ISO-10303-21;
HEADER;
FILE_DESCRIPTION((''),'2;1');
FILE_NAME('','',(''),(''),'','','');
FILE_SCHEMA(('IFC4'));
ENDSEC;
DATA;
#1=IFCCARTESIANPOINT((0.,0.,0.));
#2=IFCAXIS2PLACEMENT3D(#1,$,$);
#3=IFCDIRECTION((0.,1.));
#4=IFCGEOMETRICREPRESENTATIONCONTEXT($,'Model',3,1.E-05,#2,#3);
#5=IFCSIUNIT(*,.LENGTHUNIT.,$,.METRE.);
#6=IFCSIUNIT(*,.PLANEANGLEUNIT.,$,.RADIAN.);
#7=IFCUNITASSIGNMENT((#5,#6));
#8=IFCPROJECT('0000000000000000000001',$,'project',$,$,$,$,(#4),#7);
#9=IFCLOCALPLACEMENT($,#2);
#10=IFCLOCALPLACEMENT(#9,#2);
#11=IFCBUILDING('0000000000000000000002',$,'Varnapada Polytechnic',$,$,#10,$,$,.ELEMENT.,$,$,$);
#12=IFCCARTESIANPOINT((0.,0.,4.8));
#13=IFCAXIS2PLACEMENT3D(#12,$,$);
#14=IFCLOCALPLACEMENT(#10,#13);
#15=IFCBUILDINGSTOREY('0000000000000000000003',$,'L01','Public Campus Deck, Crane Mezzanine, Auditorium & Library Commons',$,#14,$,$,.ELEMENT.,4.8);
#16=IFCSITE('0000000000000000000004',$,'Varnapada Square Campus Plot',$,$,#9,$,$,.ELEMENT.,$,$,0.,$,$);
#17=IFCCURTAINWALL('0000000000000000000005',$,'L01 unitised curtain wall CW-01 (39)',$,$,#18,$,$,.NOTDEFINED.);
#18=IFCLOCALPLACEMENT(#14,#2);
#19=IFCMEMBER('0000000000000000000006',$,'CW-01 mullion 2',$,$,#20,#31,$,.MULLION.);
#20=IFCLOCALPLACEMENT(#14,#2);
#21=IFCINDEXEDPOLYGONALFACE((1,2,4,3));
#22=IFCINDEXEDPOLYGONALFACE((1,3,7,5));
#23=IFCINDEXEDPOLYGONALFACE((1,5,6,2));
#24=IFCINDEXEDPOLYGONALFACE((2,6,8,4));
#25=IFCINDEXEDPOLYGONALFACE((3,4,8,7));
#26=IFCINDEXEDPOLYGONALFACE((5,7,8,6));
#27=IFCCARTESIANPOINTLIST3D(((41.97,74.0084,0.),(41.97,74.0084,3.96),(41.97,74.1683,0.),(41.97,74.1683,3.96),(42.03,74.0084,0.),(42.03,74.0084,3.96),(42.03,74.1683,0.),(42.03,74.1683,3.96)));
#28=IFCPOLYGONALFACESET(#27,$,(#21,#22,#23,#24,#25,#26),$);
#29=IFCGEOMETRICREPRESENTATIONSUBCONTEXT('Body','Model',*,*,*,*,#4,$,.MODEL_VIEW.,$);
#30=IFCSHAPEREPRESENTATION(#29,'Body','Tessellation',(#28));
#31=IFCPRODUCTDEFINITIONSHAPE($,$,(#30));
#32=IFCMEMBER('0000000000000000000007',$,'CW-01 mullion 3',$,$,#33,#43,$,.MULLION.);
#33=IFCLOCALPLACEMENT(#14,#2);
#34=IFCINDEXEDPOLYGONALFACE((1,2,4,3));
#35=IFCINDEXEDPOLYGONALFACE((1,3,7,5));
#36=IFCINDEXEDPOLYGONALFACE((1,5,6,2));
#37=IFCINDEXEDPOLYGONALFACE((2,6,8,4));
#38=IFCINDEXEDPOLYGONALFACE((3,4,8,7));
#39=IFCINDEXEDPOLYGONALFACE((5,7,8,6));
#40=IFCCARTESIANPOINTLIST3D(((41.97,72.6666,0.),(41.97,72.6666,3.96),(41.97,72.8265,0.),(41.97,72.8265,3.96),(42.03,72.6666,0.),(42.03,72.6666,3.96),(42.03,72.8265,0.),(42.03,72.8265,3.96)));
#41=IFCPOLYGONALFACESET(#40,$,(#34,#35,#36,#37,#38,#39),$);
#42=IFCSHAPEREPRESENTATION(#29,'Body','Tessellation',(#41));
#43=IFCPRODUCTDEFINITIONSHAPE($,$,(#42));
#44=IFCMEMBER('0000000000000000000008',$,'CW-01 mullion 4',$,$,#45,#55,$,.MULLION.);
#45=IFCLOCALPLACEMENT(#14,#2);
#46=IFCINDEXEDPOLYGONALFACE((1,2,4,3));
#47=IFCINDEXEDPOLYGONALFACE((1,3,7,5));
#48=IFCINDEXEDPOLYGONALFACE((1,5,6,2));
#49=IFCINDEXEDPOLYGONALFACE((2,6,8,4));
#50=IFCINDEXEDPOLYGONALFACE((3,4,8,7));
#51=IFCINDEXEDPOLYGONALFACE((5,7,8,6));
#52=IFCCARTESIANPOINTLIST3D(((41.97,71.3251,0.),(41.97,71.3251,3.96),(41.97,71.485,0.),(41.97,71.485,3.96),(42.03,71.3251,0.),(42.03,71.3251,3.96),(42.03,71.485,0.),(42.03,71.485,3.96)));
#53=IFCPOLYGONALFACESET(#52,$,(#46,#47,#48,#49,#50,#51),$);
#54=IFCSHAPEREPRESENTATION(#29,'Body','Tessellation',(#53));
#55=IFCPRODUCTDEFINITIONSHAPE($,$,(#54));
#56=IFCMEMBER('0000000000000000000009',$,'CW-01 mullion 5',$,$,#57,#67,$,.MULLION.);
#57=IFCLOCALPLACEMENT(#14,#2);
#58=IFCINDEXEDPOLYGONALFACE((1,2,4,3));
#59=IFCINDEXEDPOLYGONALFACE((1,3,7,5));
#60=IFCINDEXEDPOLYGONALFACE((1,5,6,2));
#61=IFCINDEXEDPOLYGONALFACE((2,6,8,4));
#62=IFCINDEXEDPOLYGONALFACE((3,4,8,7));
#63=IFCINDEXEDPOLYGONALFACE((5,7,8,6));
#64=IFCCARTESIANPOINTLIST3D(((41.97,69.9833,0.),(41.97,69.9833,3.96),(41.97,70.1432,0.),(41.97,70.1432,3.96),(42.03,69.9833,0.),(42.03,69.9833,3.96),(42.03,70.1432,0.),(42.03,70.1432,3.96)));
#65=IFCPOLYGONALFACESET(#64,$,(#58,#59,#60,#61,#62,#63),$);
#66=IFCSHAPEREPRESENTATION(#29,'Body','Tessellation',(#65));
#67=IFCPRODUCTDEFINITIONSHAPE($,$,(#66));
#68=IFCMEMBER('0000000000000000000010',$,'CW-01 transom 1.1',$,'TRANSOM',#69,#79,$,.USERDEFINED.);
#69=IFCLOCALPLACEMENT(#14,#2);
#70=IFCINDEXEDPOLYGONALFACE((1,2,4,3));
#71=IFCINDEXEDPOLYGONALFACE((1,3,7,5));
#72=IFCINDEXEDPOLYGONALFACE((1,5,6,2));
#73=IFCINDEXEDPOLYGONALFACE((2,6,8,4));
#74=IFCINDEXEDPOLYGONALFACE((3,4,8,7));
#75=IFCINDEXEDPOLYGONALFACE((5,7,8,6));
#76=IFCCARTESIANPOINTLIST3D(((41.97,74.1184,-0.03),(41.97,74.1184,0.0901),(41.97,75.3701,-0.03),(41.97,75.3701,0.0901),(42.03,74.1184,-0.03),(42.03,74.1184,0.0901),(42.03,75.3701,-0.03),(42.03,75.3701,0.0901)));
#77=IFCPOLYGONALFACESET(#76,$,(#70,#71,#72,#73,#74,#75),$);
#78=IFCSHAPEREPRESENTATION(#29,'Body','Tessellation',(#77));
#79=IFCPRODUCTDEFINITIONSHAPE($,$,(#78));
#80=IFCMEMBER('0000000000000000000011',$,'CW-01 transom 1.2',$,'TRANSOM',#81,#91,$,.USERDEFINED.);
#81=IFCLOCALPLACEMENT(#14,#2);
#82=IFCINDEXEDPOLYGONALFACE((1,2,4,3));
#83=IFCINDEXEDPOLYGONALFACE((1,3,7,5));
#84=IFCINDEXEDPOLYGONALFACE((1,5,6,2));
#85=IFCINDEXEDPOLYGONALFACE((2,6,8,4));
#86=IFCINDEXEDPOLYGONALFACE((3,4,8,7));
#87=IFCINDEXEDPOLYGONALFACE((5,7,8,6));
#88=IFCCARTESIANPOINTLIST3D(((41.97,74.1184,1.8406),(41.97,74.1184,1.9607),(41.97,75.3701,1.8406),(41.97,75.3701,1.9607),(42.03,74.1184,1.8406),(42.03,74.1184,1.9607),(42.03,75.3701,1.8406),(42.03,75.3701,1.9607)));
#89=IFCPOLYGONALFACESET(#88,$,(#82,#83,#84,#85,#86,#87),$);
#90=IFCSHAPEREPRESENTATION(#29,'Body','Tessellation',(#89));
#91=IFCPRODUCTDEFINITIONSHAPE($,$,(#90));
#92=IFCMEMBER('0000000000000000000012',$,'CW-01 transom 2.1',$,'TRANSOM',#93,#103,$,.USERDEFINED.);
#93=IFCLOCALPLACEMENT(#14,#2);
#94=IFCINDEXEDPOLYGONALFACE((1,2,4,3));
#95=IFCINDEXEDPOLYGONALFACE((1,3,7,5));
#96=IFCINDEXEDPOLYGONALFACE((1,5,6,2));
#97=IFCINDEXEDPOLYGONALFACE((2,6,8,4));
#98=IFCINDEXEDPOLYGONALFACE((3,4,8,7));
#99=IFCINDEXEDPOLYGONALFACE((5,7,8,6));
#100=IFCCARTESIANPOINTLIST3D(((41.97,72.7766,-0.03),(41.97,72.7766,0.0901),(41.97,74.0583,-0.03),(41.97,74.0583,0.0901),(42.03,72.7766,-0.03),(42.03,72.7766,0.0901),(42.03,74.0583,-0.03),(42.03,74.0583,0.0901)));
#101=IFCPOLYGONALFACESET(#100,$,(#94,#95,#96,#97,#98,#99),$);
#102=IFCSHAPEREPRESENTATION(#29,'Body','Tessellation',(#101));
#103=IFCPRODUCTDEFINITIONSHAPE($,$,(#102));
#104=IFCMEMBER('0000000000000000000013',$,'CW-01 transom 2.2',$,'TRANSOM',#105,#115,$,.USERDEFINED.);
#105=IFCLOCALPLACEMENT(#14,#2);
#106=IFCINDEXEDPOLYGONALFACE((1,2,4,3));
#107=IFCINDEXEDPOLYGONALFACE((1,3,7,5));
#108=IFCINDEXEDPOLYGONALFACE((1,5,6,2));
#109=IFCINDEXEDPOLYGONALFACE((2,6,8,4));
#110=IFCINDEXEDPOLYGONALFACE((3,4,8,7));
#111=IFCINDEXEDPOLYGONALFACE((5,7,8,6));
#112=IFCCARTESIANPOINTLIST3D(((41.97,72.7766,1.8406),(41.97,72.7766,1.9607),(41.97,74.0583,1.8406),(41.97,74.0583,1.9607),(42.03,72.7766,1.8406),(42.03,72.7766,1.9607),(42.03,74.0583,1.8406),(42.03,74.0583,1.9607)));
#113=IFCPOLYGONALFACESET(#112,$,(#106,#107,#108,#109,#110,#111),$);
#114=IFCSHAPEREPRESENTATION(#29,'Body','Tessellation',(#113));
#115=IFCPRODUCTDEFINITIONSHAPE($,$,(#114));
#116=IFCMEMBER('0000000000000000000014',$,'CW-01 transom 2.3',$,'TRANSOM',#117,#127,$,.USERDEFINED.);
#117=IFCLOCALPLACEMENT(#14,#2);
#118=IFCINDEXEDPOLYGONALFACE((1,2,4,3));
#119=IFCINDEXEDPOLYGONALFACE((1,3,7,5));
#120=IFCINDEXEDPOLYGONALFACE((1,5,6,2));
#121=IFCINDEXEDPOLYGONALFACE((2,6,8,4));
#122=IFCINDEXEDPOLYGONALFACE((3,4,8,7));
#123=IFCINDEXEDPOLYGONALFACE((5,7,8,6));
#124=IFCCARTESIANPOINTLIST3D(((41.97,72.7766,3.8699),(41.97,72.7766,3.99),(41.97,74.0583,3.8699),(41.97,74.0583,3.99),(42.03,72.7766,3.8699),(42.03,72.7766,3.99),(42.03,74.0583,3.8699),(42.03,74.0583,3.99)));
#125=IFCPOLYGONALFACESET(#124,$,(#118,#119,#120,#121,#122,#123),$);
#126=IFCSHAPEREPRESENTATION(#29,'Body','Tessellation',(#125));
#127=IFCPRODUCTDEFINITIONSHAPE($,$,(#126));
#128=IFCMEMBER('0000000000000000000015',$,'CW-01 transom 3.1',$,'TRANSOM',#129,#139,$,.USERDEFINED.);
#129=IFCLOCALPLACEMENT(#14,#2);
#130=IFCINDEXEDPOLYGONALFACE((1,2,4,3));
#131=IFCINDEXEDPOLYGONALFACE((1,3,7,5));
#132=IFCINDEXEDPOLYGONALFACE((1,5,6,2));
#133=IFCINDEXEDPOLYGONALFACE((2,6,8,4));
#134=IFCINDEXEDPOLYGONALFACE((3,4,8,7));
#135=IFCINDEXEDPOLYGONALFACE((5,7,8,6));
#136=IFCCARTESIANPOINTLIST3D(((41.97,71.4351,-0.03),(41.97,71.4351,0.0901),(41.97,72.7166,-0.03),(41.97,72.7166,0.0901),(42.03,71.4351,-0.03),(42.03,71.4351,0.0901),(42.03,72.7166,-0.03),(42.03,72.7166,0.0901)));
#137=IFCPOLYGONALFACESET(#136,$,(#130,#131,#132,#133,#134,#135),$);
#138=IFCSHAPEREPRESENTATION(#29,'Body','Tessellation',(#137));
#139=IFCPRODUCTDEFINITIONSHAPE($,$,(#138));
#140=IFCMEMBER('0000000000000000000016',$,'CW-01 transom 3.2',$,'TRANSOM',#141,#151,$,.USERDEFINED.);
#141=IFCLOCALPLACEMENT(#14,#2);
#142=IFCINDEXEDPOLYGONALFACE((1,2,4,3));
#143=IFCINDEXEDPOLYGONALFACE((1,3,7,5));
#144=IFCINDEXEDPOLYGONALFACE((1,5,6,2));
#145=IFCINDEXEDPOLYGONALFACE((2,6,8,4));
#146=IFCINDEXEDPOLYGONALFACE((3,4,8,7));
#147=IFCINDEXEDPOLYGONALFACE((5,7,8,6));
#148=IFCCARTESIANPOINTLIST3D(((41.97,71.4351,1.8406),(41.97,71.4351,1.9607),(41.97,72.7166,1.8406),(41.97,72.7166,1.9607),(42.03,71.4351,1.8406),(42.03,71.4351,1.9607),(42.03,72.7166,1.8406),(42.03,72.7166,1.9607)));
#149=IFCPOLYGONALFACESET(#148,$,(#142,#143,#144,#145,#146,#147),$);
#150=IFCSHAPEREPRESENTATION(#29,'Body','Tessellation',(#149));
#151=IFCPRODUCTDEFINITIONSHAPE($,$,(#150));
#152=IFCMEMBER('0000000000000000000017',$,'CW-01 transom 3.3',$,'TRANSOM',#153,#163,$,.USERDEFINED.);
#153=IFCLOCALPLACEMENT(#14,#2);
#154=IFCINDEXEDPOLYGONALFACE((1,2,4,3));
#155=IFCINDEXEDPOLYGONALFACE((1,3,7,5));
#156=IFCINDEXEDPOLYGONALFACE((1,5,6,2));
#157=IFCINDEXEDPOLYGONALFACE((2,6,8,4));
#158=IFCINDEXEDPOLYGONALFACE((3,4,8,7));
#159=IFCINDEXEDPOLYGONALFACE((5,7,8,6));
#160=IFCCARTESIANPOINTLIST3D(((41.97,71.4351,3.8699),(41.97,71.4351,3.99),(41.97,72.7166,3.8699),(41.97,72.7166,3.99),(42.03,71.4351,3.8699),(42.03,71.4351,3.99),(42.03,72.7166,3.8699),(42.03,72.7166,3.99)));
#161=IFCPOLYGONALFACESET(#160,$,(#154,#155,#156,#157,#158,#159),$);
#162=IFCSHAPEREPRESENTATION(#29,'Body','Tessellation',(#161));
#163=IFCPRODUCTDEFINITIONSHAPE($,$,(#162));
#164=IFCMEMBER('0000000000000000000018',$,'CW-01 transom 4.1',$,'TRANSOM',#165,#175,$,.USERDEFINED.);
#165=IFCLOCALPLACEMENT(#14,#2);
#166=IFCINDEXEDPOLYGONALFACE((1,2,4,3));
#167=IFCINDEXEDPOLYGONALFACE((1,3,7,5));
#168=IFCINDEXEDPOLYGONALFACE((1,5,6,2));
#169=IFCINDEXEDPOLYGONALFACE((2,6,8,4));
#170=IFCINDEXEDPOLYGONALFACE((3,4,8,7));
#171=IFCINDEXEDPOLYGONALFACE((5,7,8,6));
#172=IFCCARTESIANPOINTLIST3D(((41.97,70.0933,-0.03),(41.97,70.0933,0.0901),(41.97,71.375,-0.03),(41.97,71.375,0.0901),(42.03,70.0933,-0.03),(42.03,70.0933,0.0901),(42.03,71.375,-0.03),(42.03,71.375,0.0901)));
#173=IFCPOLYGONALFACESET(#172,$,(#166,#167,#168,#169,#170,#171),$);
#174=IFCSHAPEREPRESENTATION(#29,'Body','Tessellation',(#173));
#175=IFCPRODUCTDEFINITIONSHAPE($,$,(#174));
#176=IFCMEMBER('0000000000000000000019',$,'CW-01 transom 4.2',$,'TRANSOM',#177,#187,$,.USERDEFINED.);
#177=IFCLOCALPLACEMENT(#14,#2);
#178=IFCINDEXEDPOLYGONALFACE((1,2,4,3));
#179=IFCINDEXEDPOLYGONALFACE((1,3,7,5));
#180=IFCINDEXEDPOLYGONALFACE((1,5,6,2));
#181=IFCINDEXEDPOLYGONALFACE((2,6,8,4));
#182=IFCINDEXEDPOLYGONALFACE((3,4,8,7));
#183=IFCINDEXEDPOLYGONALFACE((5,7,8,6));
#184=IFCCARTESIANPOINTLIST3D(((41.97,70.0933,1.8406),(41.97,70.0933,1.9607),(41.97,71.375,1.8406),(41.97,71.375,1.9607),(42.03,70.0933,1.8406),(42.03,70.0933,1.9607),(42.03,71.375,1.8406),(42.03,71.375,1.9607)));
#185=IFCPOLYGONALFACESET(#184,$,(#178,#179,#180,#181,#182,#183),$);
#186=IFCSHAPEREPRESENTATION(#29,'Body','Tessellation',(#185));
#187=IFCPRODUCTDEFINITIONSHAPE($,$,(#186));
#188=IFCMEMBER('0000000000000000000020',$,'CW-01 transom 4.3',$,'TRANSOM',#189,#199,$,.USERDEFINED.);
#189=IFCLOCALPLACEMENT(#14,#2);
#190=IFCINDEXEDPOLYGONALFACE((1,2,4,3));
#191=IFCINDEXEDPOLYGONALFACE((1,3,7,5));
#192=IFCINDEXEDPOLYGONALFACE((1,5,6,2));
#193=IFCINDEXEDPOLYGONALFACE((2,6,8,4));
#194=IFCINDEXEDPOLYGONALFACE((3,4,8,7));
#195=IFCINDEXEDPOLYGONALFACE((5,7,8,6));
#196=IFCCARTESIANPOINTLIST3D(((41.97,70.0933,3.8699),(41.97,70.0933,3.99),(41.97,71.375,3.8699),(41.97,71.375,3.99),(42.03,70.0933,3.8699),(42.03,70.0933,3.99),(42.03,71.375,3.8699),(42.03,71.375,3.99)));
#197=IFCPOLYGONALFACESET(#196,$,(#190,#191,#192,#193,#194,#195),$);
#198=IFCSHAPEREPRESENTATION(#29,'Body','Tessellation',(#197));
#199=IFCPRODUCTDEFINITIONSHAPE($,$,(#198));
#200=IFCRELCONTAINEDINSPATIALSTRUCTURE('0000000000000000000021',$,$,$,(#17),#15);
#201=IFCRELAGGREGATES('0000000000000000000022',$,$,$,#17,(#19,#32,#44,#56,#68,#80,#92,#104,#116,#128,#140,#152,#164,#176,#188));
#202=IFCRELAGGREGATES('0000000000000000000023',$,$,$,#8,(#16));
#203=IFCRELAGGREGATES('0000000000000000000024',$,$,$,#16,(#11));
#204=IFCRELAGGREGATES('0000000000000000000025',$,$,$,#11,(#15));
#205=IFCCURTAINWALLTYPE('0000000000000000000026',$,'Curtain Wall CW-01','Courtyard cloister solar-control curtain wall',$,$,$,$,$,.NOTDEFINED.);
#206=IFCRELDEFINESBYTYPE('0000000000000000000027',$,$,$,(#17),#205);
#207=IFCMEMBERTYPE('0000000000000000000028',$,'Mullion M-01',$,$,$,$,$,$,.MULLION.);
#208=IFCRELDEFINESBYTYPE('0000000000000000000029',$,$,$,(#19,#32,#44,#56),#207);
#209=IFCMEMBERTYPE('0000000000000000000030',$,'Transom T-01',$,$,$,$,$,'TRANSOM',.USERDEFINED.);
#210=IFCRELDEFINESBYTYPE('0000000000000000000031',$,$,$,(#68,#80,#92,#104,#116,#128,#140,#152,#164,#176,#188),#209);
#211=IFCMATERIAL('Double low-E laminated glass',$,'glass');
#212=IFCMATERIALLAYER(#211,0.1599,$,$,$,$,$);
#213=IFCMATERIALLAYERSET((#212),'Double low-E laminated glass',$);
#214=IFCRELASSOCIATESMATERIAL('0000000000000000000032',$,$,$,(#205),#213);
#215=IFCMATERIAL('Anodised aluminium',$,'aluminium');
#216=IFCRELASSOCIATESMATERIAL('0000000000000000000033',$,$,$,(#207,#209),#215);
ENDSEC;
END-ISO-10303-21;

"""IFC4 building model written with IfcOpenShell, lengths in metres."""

from ifc_helpers import new_model, si_unit, direction, frame, origin, origin_2d, place, context, subcontext, project, spatial, rectangle, extrude, material, layer, layer_set, material_profile, profile_set, type_object, element, aggregate, save


model = new_model("IFC4")

# Units and contexts
model_context = context("Model", 3, precision=1e-05, world=origin(), true_north=direction((0.0, 1.0)))
body_context = subcontext(model_context, "Body", "Model", "MODEL_VIEW")
ifc_project = project(units=[si_unit("LENGTHUNIT", "METRE"), si_unit("PLANEANGLEUNIT", "RADIAN")], contexts=[model_context])

# Site, building, storey
site_placement = place(None, origin())
site = spatial("IfcSite", under=ifc_project, at=site_placement, Name="Varnapada Square Campus Plot", CompositionType="ELEMENT", RefElevation=0.0)
building_placement = place(site_placement, origin())
building = spatial("IfcBuilding", under=site, at=building_placement, Name="Varnapada Polytechnic", CompositionType="ELEMENT")
storey_placement = place(building_placement, frame((0.0, 0.0, 4.8)))
storey = spatial("IfcBuildingStorey", under=building, at=storey_placement, Name="L01", Description="Public Campus Deck, Crane Mezzanine, Auditorium & Library Commons", CompositionType="ELEMENT", Elevation=4.8)

# Curtain wall, members
ifc_material_1 = material(Name="Double low-E laminated glass", Category="glass")
ifc_layer_1 = layer(ifc_material_1, 0.1599)
ifc_layer_set_1 = layer_set([ifc_layer_1], Name="Double low-E laminated glass")
curtain_wall_type = type_object("IfcCurtainWallType", Name="Curtain Wall CW-01", Description="Courtyard cloister solar-control curtain wall", PredefinedType="NOTDEFINED", material=ifc_layer_set_1)
curtain_wall_placement = place(storey_placement, origin())
curtain_wall = element("IfcCurtainWall", 1, at=curtain_wall_placement, inside=storey, type_object=curtain_wall_type, Name="L01 unitised curtain wall CW-01 (39)", PredefinedType="NOTDEFINED")
ifc_material_2 = material(Name="Anodised aluminium", Category="aluminium")
ifc_material_profile_1 = material_profile(ifc_material_2, rectangle(XDim=0.0601, YDim=0.1599, at=origin_2d()), Name="ALU M60x160")
ifc_profile_set_1 = profile_set([ifc_material_profile_1], Name="Anodised aluminium")
member_type_1 = type_object("IfcMemberType", Name="Mullion M-01", PredefinedType="MULLION", material=ifc_profile_set_1)
member_1_placement = place(storey_placement, frame((42.0, 74.0884, 0.0), z_axis=(0.0, 0.0, 1.0), x_axis=(1.0, 0.0, 0.0)))
member_1 = element("IfcMember", 2, at=member_1_placement, type_object=member_type_1, Name="CW-01 mullion 2", PredefinedType="MULLION", context=body_context, shape_type="SweptSolid", body=[
    extrude(rectangle(XDim=0.0601, YDim=0.1599, at=origin_2d()), origin(), (0.0, 0.0, 1.0), 3.96),
])
member_2_placement = place(storey_placement, frame((42.0, 72.7466, 0.0), z_axis=(0.0, 0.0, 1.0), x_axis=(1.0, 0.0, 0.0)))
member_2 = element("IfcMember", 3, at=member_2_placement, type_object=member_type_1, Name="CW-01 mullion 3", PredefinedType="MULLION", context=body_context, shape_type="SweptSolid", body=[
    extrude(rectangle(XDim=0.0601, YDim=0.1599, at=origin_2d()), origin(), (0.0, 0.0, 1.0), 3.96),
])
member_3_placement = place(storey_placement, frame((42.0, 71.405, 0.0), z_axis=(0.0, 0.0, 1.0), x_axis=(1.0, 0.0, 0.0)))
member_3 = element("IfcMember", 4, at=member_3_placement, type_object=member_type_1, Name="CW-01 mullion 4", PredefinedType="MULLION", context=body_context, shape_type="SweptSolid", body=[
    extrude(rectangle(XDim=0.0601, YDim=0.1599, at=origin_2d()), origin(), (0.0, 0.0, 1.0), 3.96),
])
member_4_placement = place(storey_placement, frame((42.0, 70.0632, 0.0), z_axis=(0.0, 0.0, 1.0), x_axis=(1.0, 0.0, 0.0)))
member_4 = element("IfcMember", 5, at=member_4_placement, type_object=member_type_1, Name="CW-01 mullion 5", PredefinedType="MULLION", context=body_context, shape_type="SweptSolid", body=[
    extrude(rectangle(XDim=0.0601, YDim=0.1599, at=origin_2d()), origin(), (0.0, 0.0, 1.0), 3.96),
])
ifc_material_profile_2 = material_profile(ifc_material_2, rectangle(XDim=0.0601, YDim=0.1201, at=origin_2d()), Name="ALU T60x120")
ifc_profile_set_2 = profile_set([ifc_material_profile_2], Name="Anodised aluminium")
member_type_2 = type_object("IfcMemberType", Name="Transom T-01", ElementType="TRANSOM", PredefinedType="USERDEFINED", material=ifc_profile_set_2)
member_5_placement = place(storey_placement, frame((42.0, 75.3701, 0.03), z_axis=(0.0, -1.0, 0.0), x_axis=(1.0, 0.0, 0.0)))
member_5 = element("IfcMember", 6, at=member_5_placement, type_object=member_type_2, Name="CW-01 transom 1.1", ObjectType="TRANSOM", PredefinedType="USERDEFINED", context=body_context, shape_type="SweptSolid", body=[
    extrude(rectangle(XDim=0.0601, YDim=0.1201, at=origin_2d()), origin(), (0.0, 0.0, 1.0), 1.2517),
])
member_6_placement = place(storey_placement, frame((42.0, 75.3701, 1.9006), z_axis=(0.0, -1.0, 0.0), x_axis=(1.0, 0.0, 0.0)))
member_6 = element("IfcMember", 7, at=member_6_placement, type_object=member_type_2, Name="CW-01 transom 1.2", ObjectType="TRANSOM", PredefinedType="USERDEFINED", context=body_context, shape_type="SweptSolid", body=[
    extrude(rectangle(XDim=0.0601, YDim=0.1201, at=origin_2d()), origin(), (0.0, 0.0, 1.0), 1.2517),
])
member_7_placement = place(storey_placement, frame((42.0, 74.0583, 0.03), z_axis=(0.0, -1.0, 0.0), x_axis=(1.0, 0.0, 0.0)))
member_7 = element("IfcMember", 8, at=member_7_placement, type_object=member_type_2, Name="CW-01 transom 2.1", ObjectType="TRANSOM", PredefinedType="USERDEFINED", context=body_context, shape_type="SweptSolid", body=[
    extrude(rectangle(XDim=0.0601, YDim=0.1201, at=origin_2d()), origin(), (0.0, 0.0, 1.0), 1.2817),
])
member_8_placement = place(storey_placement, frame((42.0, 74.0583, 1.9006), z_axis=(0.0, -1.0, 0.0), x_axis=(1.0, 0.0, 0.0)))
member_8 = element("IfcMember", 9, at=member_8_placement, type_object=member_type_2, Name="CW-01 transom 2.2", ObjectType="TRANSOM", PredefinedType="USERDEFINED", context=body_context, shape_type="SweptSolid", body=[
    extrude(rectangle(XDim=0.0601, YDim=0.1201, at=origin_2d()), origin(), (0.0, 0.0, 1.0), 1.2817),
])
member_9_placement = place(storey_placement, frame((42.0, 74.0583, 3.9299), z_axis=(0.0, -1.0, 0.0), x_axis=(1.0, 0.0, 0.0)))
member_9 = element("IfcMember", 10, at=member_9_placement, type_object=member_type_2, Name="CW-01 transom 2.3", ObjectType="TRANSOM", PredefinedType="USERDEFINED", context=body_context, shape_type="SweptSolid", body=[
    extrude(rectangle(XDim=0.0601, YDim=0.1201, at=origin_2d()), origin(), (0.0, 0.0, 1.0), 1.2817),
])
member_10_placement = place(storey_placement, frame((42.0, 72.7166, 0.03), z_axis=(0.0, -1.0, 0.0), x_axis=(1.0, 0.0, 0.0)))
member_10 = element("IfcMember", 11, at=member_10_placement, type_object=member_type_2, Name="CW-01 transom 3.1", ObjectType="TRANSOM", PredefinedType="USERDEFINED", context=body_context, shape_type="SweptSolid", body=[
    extrude(rectangle(XDim=0.0601, YDim=0.1201, at=origin_2d()), origin(), (0.0, 0.0, 1.0), 1.2815),
])
member_11_placement = place(storey_placement, frame((42.0, 72.7166, 1.9006), z_axis=(0.0, -1.0, 0.0), x_axis=(1.0, 0.0, 0.0)))
member_11 = element("IfcMember", 12, at=member_11_placement, type_object=member_type_2, Name="CW-01 transom 3.2", ObjectType="TRANSOM", PredefinedType="USERDEFINED", context=body_context, shape_type="SweptSolid", body=[
    extrude(rectangle(XDim=0.0601, YDim=0.1201, at=origin_2d()), origin(), (0.0, 0.0, 1.0), 1.2815),
])
member_12_placement = place(storey_placement, frame((42.0, 72.7166, 3.9299), z_axis=(0.0, -1.0, 0.0), x_axis=(1.0, 0.0, 0.0)))
member_12 = element("IfcMember", 13, at=member_12_placement, type_object=member_type_2, Name="CW-01 transom 3.3", ObjectType="TRANSOM", PredefinedType="USERDEFINED", context=body_context, shape_type="SweptSolid", body=[
    extrude(rectangle(XDim=0.0601, YDim=0.1201, at=origin_2d()), origin(), (0.0, 0.0, 1.0), 1.2815),
])
member_13_placement = place(storey_placement, frame((42.0, 71.375, 0.03), z_axis=(0.0, -1.0, 0.0), x_axis=(1.0, 0.0, 0.0)))
member_13 = element("IfcMember", 14, at=member_13_placement, type_object=member_type_2, Name="CW-01 transom 4.1", ObjectType="TRANSOM", PredefinedType="USERDEFINED", context=body_context, shape_type="SweptSolid", body=[
    extrude(rectangle(XDim=0.0601, YDim=0.1201, at=origin_2d()), origin(), (0.0, 0.0, 1.0), 1.2817),
])
member_14_placement = place(storey_placement, frame((42.0, 71.375, 1.9006), z_axis=(0.0, -1.0, 0.0), x_axis=(1.0, 0.0, 0.0)))
member_14 = element("IfcMember", 15, at=member_14_placement, type_object=member_type_2, Name="CW-01 transom 4.2", ObjectType="TRANSOM", PredefinedType="USERDEFINED", context=body_context, shape_type="SweptSolid", body=[
    extrude(rectangle(XDim=0.0601, YDim=0.1201, at=origin_2d()), origin(), (0.0, 0.0, 1.0), 1.2817),
])
member_15_placement = place(storey_placement, frame((42.0, 71.375, 3.9299), z_axis=(0.0, -1.0, 0.0), x_axis=(1.0, 0.0, 0.0)))
member_15 = element("IfcMember", 16, at=member_15_placement, type_object=member_type_2, Name="CW-01 transom 4.3", ObjectType="TRANSOM", PredefinedType="USERDEFINED", context=body_context, shape_type="SweptSolid", body=[
    extrude(rectangle(XDim=0.0601, YDim=0.1201, at=origin_2d()), origin(), (0.0, 0.0, 1.0), 1.2817),
])
aggregate(curtain_wall, [member_1, member_2, member_3, member_4, member_5, member_6, member_7, member_8, member_9, member_10, member_11, member_12, member_13, member_14, member_15])

save(model, "model.ifc")
